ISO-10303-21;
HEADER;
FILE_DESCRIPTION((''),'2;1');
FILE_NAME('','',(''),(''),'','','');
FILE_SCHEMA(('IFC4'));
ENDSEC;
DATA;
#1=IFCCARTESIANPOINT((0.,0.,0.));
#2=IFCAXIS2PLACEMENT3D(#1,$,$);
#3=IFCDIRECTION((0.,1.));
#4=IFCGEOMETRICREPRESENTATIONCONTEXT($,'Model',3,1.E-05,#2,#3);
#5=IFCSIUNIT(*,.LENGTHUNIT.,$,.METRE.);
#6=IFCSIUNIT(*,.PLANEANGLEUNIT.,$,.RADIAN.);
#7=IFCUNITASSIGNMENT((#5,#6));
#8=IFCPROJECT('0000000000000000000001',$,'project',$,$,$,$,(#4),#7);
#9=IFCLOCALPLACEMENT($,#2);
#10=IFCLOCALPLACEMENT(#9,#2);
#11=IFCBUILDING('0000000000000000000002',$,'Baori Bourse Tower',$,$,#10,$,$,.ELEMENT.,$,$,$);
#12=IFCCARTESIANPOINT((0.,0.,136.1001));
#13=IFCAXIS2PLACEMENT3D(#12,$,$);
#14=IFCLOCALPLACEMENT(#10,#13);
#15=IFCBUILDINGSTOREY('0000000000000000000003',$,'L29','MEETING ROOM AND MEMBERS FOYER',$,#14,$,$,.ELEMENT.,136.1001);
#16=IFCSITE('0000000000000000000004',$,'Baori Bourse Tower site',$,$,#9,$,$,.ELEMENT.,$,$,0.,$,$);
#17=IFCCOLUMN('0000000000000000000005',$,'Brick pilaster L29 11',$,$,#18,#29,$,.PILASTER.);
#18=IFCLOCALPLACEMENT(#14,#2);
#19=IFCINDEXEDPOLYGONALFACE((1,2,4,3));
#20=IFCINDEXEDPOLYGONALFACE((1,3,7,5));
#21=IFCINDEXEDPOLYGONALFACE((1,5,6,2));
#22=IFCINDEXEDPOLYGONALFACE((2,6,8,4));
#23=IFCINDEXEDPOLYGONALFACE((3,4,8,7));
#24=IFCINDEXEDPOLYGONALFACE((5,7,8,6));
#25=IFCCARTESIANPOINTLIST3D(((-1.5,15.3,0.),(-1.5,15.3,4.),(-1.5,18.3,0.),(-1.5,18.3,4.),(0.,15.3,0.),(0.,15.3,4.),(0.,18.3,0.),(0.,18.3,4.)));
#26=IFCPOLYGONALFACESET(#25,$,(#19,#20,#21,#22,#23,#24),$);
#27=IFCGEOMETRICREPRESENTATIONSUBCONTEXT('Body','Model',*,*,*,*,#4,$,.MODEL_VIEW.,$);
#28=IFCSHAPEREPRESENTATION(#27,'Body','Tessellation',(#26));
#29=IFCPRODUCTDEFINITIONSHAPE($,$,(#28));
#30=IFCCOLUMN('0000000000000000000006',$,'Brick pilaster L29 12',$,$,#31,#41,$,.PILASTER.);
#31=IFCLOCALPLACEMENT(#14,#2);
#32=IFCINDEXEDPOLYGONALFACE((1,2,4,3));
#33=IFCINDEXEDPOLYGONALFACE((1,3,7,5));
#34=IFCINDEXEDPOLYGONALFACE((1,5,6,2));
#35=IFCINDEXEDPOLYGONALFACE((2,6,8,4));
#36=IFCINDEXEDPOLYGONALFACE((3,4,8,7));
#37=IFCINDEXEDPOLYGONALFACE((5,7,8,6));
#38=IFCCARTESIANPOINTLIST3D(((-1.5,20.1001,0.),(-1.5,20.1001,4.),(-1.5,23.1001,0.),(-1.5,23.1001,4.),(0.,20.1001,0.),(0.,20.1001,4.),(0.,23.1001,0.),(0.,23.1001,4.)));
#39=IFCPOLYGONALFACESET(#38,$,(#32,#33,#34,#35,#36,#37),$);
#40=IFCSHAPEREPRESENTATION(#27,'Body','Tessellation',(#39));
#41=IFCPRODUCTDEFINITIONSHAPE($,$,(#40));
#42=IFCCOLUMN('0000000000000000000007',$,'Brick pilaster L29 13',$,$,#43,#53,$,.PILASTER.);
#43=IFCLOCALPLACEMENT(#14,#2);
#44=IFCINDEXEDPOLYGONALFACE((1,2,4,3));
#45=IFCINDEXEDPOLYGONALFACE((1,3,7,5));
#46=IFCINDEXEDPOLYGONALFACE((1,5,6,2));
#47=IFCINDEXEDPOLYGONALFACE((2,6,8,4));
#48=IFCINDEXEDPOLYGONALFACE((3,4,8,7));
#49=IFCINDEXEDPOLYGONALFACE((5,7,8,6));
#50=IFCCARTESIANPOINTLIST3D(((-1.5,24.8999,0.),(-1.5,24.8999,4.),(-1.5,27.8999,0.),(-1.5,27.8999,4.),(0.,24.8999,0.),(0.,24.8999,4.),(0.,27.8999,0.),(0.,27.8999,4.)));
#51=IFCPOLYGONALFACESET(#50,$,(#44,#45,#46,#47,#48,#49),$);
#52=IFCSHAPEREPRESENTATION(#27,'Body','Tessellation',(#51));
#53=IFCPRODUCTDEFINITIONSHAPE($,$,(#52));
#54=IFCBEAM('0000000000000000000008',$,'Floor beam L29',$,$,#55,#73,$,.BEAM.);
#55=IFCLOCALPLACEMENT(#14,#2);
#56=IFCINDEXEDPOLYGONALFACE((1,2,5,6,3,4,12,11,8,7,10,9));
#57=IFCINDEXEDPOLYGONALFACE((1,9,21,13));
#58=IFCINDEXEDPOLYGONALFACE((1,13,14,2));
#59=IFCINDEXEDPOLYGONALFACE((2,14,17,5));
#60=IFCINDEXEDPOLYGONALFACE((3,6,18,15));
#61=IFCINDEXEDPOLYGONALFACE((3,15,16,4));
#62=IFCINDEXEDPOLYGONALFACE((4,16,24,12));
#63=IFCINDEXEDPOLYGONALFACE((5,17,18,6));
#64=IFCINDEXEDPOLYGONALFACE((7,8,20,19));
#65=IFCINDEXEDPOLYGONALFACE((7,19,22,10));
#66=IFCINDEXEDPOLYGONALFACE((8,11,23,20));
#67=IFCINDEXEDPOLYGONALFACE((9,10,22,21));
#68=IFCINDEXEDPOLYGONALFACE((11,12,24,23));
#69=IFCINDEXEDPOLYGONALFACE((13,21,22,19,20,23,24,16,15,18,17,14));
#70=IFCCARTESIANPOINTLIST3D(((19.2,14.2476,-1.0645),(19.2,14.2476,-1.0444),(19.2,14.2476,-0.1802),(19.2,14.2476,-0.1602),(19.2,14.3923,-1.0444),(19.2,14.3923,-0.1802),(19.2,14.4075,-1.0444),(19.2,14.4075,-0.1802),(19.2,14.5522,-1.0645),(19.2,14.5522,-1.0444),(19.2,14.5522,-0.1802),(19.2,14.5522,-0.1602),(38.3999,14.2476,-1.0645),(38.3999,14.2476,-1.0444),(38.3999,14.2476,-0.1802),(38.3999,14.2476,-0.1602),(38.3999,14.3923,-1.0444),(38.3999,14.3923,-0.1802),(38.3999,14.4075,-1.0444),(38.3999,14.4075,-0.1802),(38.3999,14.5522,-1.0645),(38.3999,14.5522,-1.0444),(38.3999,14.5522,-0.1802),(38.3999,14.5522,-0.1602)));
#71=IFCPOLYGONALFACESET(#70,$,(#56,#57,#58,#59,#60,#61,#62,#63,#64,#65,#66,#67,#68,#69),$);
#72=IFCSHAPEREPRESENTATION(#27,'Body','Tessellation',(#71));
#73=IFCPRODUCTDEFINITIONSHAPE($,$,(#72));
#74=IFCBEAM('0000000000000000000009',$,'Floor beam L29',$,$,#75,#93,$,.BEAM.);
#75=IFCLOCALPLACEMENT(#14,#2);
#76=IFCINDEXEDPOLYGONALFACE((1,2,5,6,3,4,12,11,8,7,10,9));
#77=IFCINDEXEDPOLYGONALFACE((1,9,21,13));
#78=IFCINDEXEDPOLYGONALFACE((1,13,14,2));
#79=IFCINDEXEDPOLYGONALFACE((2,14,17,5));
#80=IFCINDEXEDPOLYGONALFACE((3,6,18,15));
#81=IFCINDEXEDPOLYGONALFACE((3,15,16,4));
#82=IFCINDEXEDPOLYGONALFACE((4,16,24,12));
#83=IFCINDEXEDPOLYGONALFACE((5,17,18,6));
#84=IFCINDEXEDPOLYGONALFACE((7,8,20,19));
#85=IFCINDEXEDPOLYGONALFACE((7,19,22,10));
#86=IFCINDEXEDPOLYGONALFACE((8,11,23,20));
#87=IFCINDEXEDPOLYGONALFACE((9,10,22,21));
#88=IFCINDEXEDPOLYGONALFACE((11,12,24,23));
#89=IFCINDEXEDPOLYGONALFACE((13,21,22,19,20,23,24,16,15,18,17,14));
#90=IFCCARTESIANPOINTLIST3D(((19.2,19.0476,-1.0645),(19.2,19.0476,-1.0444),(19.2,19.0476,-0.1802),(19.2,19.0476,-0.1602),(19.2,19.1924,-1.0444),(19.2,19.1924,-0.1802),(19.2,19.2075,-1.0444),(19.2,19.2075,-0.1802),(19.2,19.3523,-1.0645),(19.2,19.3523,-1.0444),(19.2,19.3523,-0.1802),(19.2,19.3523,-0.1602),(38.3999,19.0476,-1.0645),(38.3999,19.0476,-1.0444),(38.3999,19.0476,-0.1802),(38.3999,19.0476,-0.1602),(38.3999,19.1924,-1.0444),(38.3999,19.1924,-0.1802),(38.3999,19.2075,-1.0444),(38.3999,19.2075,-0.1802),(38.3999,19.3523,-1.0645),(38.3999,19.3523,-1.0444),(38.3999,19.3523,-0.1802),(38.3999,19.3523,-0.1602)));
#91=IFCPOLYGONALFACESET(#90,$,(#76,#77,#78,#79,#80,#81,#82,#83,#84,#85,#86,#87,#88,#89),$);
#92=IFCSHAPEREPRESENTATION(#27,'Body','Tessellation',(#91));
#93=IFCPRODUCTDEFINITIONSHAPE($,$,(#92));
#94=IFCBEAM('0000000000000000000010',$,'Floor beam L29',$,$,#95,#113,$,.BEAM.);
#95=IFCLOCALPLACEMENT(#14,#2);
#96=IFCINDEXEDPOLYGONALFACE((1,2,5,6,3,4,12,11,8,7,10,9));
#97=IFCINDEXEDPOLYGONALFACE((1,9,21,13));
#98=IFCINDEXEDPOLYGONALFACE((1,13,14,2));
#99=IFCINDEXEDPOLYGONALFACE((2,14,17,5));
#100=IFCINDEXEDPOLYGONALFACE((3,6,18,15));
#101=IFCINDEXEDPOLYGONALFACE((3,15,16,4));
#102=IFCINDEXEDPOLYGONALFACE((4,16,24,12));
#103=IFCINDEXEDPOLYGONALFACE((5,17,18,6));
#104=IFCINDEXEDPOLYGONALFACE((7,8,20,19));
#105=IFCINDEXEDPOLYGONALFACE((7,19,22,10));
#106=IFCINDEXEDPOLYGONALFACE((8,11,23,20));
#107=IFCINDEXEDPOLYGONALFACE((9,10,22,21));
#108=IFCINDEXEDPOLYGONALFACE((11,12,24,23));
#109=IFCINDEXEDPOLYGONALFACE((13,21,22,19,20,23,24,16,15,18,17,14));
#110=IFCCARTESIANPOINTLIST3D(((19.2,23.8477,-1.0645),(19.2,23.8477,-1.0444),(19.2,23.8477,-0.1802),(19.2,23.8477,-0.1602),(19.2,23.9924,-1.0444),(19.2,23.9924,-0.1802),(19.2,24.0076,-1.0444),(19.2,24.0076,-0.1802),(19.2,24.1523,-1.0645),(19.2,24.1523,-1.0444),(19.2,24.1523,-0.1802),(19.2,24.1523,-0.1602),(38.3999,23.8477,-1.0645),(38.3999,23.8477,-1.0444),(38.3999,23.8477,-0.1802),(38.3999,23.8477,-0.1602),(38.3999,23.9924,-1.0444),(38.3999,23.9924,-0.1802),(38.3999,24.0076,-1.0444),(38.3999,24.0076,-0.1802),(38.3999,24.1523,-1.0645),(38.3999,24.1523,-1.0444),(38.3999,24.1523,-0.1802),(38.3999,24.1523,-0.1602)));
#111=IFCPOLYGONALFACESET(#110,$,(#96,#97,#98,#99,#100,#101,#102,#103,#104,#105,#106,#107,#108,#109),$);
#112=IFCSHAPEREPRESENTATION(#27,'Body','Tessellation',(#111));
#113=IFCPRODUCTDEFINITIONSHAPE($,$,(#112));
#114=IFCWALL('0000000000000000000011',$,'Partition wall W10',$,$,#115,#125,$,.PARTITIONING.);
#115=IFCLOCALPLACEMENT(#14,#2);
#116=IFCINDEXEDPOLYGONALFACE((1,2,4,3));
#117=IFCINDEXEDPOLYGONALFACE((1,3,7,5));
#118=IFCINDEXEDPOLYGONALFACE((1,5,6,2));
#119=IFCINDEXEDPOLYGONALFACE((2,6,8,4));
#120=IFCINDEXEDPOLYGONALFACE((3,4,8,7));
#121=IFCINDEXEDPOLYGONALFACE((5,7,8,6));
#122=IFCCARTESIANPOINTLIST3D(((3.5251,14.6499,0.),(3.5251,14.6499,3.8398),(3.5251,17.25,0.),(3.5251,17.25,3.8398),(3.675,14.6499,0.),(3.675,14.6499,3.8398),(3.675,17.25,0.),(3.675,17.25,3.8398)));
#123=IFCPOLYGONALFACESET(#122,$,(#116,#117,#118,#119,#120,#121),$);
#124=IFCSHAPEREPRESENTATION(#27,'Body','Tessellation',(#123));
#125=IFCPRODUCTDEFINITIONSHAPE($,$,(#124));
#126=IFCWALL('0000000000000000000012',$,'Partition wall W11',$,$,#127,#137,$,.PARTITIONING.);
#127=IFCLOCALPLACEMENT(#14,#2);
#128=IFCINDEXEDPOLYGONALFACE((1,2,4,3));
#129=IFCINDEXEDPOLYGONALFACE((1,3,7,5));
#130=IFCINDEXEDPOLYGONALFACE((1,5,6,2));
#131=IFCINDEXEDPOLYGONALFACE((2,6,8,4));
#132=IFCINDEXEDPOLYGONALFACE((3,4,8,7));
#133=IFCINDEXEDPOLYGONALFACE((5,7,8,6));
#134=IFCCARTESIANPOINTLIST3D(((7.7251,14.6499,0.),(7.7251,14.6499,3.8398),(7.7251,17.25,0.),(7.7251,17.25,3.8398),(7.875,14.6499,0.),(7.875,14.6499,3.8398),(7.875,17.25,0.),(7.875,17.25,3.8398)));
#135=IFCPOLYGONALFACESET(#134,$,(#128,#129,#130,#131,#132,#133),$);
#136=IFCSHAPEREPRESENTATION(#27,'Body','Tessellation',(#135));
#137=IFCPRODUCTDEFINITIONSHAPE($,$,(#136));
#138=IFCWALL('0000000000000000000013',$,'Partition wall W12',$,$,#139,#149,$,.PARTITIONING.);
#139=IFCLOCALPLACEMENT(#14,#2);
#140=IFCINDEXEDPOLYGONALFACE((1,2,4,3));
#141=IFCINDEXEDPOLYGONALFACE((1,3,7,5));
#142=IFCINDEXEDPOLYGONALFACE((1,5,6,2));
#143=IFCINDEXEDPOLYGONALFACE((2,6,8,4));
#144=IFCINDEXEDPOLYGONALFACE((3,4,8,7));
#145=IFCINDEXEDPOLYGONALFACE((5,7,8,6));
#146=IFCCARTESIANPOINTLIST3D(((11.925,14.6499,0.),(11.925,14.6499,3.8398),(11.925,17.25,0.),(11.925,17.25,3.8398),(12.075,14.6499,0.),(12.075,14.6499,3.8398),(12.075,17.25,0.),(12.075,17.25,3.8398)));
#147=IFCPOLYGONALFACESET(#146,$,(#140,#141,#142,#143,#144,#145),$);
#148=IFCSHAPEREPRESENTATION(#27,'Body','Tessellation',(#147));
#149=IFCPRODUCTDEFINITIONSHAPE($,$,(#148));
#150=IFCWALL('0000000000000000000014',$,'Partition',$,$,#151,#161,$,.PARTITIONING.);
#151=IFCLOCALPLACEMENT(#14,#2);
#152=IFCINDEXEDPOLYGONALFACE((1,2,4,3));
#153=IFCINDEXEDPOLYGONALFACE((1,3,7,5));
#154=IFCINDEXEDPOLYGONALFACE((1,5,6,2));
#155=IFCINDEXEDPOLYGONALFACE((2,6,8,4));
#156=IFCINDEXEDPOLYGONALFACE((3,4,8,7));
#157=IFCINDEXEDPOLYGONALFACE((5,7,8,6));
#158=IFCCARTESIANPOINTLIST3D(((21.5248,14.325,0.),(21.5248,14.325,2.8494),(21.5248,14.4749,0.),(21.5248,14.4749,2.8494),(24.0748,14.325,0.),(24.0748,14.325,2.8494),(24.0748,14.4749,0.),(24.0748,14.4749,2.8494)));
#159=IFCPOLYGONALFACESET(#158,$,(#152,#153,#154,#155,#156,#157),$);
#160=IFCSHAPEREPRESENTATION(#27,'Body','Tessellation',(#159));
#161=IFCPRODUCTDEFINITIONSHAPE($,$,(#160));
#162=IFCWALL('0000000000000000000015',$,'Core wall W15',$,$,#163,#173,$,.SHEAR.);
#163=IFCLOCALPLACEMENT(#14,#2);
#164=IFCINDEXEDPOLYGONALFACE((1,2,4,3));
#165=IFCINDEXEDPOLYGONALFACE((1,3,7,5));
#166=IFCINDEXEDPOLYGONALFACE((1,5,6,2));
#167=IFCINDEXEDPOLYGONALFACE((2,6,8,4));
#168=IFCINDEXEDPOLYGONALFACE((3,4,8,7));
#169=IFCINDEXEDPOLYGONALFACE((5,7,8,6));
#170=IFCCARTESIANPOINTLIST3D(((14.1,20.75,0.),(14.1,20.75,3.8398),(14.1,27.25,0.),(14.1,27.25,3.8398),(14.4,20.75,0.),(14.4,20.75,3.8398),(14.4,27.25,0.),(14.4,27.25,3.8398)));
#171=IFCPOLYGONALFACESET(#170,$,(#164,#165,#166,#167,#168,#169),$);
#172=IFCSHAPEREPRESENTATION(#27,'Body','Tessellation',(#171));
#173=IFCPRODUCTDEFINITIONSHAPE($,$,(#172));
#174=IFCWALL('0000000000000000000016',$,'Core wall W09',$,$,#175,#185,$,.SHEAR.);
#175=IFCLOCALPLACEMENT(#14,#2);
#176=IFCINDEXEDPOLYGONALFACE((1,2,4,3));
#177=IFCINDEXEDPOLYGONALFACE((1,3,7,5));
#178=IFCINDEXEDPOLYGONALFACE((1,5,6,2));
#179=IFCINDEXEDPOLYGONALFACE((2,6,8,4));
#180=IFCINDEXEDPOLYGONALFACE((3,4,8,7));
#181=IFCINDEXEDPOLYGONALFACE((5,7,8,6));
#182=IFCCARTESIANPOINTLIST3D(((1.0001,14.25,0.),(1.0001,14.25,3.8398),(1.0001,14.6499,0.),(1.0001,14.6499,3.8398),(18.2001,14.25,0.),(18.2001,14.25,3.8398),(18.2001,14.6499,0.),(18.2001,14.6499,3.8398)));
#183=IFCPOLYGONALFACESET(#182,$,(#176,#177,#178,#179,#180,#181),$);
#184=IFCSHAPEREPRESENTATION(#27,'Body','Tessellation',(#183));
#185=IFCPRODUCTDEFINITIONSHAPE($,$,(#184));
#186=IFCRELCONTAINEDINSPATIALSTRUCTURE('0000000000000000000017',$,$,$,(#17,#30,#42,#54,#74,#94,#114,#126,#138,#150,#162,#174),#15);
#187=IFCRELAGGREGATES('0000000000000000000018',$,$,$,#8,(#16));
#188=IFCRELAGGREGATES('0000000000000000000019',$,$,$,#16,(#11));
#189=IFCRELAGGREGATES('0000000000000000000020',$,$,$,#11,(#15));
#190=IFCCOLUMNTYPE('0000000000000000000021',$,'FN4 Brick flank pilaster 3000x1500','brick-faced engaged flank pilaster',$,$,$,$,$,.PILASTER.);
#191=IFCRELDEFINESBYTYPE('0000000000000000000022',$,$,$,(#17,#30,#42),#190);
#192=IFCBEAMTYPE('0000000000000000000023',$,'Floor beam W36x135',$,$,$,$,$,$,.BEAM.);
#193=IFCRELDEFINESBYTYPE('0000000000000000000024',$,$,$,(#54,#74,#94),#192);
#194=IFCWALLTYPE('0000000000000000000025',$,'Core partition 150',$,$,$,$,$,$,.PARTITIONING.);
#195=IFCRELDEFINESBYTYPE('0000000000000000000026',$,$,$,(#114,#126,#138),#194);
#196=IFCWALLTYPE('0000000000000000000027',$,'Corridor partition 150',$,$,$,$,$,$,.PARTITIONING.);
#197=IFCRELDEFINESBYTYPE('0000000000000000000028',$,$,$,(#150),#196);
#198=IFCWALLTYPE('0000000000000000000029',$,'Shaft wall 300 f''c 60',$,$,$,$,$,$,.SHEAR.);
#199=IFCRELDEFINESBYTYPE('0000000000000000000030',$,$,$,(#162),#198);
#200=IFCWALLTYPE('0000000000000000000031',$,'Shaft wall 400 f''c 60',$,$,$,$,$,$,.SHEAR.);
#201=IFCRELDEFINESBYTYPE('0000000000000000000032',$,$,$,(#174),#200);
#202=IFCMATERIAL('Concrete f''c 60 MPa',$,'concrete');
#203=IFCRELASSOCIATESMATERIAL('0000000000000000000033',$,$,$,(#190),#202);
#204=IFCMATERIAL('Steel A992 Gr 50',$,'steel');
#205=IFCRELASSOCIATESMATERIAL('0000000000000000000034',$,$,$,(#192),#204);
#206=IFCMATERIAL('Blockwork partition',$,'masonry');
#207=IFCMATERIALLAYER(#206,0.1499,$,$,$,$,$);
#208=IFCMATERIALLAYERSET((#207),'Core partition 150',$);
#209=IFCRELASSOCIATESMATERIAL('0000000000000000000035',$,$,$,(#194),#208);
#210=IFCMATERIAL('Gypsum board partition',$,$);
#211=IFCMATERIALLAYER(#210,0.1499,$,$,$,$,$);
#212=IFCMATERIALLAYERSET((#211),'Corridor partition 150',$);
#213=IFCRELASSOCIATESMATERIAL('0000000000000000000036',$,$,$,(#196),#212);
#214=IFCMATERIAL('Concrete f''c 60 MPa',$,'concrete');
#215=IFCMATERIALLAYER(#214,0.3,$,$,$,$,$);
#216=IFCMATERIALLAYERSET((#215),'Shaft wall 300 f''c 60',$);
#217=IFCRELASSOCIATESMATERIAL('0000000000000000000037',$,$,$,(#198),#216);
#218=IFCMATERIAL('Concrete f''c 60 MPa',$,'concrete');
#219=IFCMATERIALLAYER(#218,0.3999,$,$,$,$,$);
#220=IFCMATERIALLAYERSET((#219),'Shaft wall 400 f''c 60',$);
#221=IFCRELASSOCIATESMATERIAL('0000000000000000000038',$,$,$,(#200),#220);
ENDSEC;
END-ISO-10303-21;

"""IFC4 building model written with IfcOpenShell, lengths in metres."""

from ifc_helpers import new_model, si_unit, direction, frame, frame_2d, origin, origin_2d, place, context, subcontext, project, spatial, rectangle, i_section, extrude, material, layer, layer_set, material_profile, profile_set, type_object, element, save


model = new_model("IFC4")

# Units and contexts
model_context = context("Model", 3, precision=1e-05, world=origin(), true_north=direction((0.0, 1.0)))
body_context = subcontext(model_context, "Body", "Model", "MODEL_VIEW")
ifc_project = project(units=[si_unit("LENGTHUNIT", "METRE"), si_unit("PLANEANGLEUNIT", "RADIAN")], contexts=[model_context])

# Site, building, storey
site_placement = place(None, origin())
site = spatial("IfcSite", under=ifc_project, at=site_placement, Name="Baori Bourse Tower site", CompositionType="ELEMENT", RefElevation=0.0)
building_placement = place(site_placement, origin())
building = spatial("IfcBuilding", under=site, at=building_placement, Name="Baori Bourse Tower", CompositionType="ELEMENT")
storey_placement = place(building_placement, frame((0.0, 0.0, 136.1001)))
storey = spatial("IfcBuildingStorey", under=building, at=storey_placement, Name="L29", Description="MEETING ROOM AND MEMBERS FOYER", CompositionType="ELEMENT", Elevation=136.1001)

# Columns
ifc_material_1 = material(Name="Concrete f'c 60 MPa", Category="concrete")
ifc_material_profile_1 = material_profile(ifc_material_1, rectangle(XDim=3.0, YDim=1.5, at=origin_2d()), Name="RC 3000x1500")
ifc_profile_set_1 = profile_set([ifc_material_profile_1], Name="Concrete f'c 60 MPa")
column_type = type_object("IfcColumnType", Name="FN4 Brick flank pilaster 3000x1500", Description="brick-faced engaged flank pilaster", PredefinedType="PILASTER", material=ifc_profile_set_1)
for number, where, z_axis, x_axis, name in (
    (1, (-0.75, 16.8, 0.0), (0.0, 0.0, 1.0), (0.0, 1.0, 0.0), "Brick pilaster L29 11"),
    (2, (-0.75, 21.6001, 0.0), (0.0, 0.0, 1.0), (0.0, 1.0, 0.0), "Brick pilaster L29 12"),
    (3, (-0.75, 26.3999, 0.0), (0.0, 0.0, 1.0), (0.0, 1.0, 0.0), "Brick pilaster L29 13"),
):
    element("IfcColumn", number, at=place(storey_placement, frame(where, z_axis=z_axis, x_axis=x_axis)), inside=storey, type_object=column_type, Name=name, PredefinedType="PILASTER", context=body_context, shape_type="SweptSolid", body=[
        extrude(rectangle(XDim=3.0, YDim=1.5, at=origin_2d()), origin(), (0.0, 0.0, 1.0), 4.0),
    ])

# Beams
ifc_material_2 = material(Name="Steel A992 Gr 50", Category="steel")
ifc_material_profile_2 = material_profile(ifc_material_2, i_section(OverallWidth=0.3047, OverallDepth=0.9043, WebThickness=0.0151, FlangeThickness=0.02, at=origin_2d()), Name="W36x135")
ifc_profile_set_2 = profile_set([ifc_material_profile_2], Name="Steel A992 Gr 50")
beam_type = type_object("IfcBeamType", Name="Floor beam W36x135", PredefinedType="BEAM", material=ifc_profile_set_2)
for number, where, z_axis, x_axis, name in (
    (4, (19.2, 14.3999, -0.6123), (1.0, 0.0, 0.0), (0.0, 1.0, 0.0), "Floor beam L29"),
    (5, (19.2, 19.2, -0.6123), (1.0, 0.0, 0.0), (0.0, 1.0, 0.0), "Floor beam L29"),
    (6, (19.2, 24.0, -0.6123), (1.0, 0.0, 0.0), (0.0, 1.0, 0.0), "Floor beam L29"),
):
    element("IfcBeam", number, at=place(storey_placement, frame(where, z_axis=z_axis, x_axis=x_axis)), inside=storey, type_object=beam_type, Name=name, PredefinedType="BEAM", context=body_context, shape_type="SweptSolid", body=[
        extrude(i_section(OverallWidth=0.3047, OverallDepth=0.9043, WebThickness=0.0151, FlangeThickness=0.02, at=origin_2d()), origin(), (0.0, 0.0, 1.0), 19.2),
    ])

# Walls
ifc_material_3 = material(Name="Blockwork partition", Category="masonry")
ifc_layer_1 = layer(ifc_material_3, 0.1499)
ifc_layer_set_1 = layer_set([ifc_layer_1], Name="Core partition 150")
wall_type_1 = type_object("IfcWallType", Name="Core partition 150", PredefinedType="PARTITIONING", material=ifc_layer_set_1)
for number, where, z_axis, x_axis, name in (
    (7, (3.6001, 14.6499, 0.0), (0.0, 0.0, 1.0), (0.0, 1.0, 0.0), "Partition wall W10"),
    (8, (7.8, 14.6499, 0.0), (0.0, 0.0, 1.0), (0.0, 1.0, 0.0), "Partition wall W11"),
    (9, (12.0, 14.6499, 0.0), (0.0, 0.0, 1.0), (0.0, 1.0, 0.0), "Partition wall W12"),
):
    element("IfcWall", number, at=place(storey_placement, frame(where, z_axis=z_axis, x_axis=x_axis)), inside=storey, type_object=wall_type_1, Name=name, PredefinedType="PARTITIONING", context=body_context, shape_type="SweptSolid", body=[
        extrude(rectangle(XDim=2.6001, YDim=0.1499, at=frame_2d((1.3, 0.0))), origin(), (0.0, 0.0, 1.0), 3.8398),
    ])
ifc_material_4 = material(Name="Gypsum board partition")
ifc_layer_2 = layer(ifc_material_4, 0.1499)
ifc_layer_set_2 = layer_set([ifc_layer_2], Name="Corridor partition 150")
wall_type_2 = type_object("IfcWallType", Name="Corridor partition 150", PredefinedType="PARTITIONING", material=ifc_layer_set_2)
wall_1_placement = place(storey_placement, frame((21.5249, 14.3999, 0.0), z_axis=(0.0, 0.0, 1.0), x_axis=(1.0, 0.0, 0.0)))
element("IfcWall", 10, at=wall_1_placement, inside=storey, type_object=wall_type_2, Name="Partition", PredefinedType="PARTITIONING", context=body_context, shape_type="SweptSolid", body=[
    extrude(rectangle(XDim=2.55, YDim=0.1499, at=frame_2d((1.2749, 0.0))), origin(), (0.0, 0.0, 1.0), 2.8494),
])
ifc_material_5 = material(Name="Concrete f'c 60 MPa", Category="concrete")
ifc_layer_3 = layer(ifc_material_5, 0.3)
ifc_layer_set_3 = layer_set([ifc_layer_3], Name="Shaft wall 300 f'c 60")
wall_type_3 = type_object("IfcWallType", Name="Shaft wall 300 f'c 60", PredefinedType="SHEAR", material=ifc_layer_set_3)
wall_2_placement = place(storey_placement, frame((14.25, 20.75, 0.0), z_axis=(0.0, 0.0, 1.0), x_axis=(0.0, 1.0, 0.0)))
element("IfcWall", 11, at=wall_2_placement, inside=storey, type_object=wall_type_3, Name="Core wall W15", PredefinedType="SHEAR", context=body_context, shape_type="SweptSolid", body=[
    extrude(rectangle(XDim=6.5, YDim=0.3, at=frame_2d((3.25, 0.0))), origin(), (0.0, 0.0, 1.0), 3.8398),
])
ifc_material_6 = material(Name="Concrete f'c 60 MPa", Category="concrete")
ifc_layer_4 = layer(ifc_material_6, 0.3999)
ifc_layer_set_4 = layer_set([ifc_layer_4], Name="Shaft wall 400 f'c 60")
wall_type_4 = type_object("IfcWallType", Name="Shaft wall 400 f'c 60", PredefinedType="SHEAR", material=ifc_layer_set_4)
wall_3_placement = place(storey_placement, frame((1.0, 14.45, 0.0), z_axis=(0.0, 0.0, 1.0), x_axis=(1.0, 0.0, 0.0)))
element("IfcWall", 12, at=wall_3_placement, inside=storey, type_object=wall_type_4, Name="Core wall W09", PredefinedType="SHEAR", context=body_context, shape_type="SweptSolid", body=[
    extrude(rectangle(XDim=17.2, YDim=0.3999, at=frame_2d((8.6001, 0.0))), origin(), (0.0, 0.0, 1.0), 3.8398),
])

save(model, "model.ifc")
